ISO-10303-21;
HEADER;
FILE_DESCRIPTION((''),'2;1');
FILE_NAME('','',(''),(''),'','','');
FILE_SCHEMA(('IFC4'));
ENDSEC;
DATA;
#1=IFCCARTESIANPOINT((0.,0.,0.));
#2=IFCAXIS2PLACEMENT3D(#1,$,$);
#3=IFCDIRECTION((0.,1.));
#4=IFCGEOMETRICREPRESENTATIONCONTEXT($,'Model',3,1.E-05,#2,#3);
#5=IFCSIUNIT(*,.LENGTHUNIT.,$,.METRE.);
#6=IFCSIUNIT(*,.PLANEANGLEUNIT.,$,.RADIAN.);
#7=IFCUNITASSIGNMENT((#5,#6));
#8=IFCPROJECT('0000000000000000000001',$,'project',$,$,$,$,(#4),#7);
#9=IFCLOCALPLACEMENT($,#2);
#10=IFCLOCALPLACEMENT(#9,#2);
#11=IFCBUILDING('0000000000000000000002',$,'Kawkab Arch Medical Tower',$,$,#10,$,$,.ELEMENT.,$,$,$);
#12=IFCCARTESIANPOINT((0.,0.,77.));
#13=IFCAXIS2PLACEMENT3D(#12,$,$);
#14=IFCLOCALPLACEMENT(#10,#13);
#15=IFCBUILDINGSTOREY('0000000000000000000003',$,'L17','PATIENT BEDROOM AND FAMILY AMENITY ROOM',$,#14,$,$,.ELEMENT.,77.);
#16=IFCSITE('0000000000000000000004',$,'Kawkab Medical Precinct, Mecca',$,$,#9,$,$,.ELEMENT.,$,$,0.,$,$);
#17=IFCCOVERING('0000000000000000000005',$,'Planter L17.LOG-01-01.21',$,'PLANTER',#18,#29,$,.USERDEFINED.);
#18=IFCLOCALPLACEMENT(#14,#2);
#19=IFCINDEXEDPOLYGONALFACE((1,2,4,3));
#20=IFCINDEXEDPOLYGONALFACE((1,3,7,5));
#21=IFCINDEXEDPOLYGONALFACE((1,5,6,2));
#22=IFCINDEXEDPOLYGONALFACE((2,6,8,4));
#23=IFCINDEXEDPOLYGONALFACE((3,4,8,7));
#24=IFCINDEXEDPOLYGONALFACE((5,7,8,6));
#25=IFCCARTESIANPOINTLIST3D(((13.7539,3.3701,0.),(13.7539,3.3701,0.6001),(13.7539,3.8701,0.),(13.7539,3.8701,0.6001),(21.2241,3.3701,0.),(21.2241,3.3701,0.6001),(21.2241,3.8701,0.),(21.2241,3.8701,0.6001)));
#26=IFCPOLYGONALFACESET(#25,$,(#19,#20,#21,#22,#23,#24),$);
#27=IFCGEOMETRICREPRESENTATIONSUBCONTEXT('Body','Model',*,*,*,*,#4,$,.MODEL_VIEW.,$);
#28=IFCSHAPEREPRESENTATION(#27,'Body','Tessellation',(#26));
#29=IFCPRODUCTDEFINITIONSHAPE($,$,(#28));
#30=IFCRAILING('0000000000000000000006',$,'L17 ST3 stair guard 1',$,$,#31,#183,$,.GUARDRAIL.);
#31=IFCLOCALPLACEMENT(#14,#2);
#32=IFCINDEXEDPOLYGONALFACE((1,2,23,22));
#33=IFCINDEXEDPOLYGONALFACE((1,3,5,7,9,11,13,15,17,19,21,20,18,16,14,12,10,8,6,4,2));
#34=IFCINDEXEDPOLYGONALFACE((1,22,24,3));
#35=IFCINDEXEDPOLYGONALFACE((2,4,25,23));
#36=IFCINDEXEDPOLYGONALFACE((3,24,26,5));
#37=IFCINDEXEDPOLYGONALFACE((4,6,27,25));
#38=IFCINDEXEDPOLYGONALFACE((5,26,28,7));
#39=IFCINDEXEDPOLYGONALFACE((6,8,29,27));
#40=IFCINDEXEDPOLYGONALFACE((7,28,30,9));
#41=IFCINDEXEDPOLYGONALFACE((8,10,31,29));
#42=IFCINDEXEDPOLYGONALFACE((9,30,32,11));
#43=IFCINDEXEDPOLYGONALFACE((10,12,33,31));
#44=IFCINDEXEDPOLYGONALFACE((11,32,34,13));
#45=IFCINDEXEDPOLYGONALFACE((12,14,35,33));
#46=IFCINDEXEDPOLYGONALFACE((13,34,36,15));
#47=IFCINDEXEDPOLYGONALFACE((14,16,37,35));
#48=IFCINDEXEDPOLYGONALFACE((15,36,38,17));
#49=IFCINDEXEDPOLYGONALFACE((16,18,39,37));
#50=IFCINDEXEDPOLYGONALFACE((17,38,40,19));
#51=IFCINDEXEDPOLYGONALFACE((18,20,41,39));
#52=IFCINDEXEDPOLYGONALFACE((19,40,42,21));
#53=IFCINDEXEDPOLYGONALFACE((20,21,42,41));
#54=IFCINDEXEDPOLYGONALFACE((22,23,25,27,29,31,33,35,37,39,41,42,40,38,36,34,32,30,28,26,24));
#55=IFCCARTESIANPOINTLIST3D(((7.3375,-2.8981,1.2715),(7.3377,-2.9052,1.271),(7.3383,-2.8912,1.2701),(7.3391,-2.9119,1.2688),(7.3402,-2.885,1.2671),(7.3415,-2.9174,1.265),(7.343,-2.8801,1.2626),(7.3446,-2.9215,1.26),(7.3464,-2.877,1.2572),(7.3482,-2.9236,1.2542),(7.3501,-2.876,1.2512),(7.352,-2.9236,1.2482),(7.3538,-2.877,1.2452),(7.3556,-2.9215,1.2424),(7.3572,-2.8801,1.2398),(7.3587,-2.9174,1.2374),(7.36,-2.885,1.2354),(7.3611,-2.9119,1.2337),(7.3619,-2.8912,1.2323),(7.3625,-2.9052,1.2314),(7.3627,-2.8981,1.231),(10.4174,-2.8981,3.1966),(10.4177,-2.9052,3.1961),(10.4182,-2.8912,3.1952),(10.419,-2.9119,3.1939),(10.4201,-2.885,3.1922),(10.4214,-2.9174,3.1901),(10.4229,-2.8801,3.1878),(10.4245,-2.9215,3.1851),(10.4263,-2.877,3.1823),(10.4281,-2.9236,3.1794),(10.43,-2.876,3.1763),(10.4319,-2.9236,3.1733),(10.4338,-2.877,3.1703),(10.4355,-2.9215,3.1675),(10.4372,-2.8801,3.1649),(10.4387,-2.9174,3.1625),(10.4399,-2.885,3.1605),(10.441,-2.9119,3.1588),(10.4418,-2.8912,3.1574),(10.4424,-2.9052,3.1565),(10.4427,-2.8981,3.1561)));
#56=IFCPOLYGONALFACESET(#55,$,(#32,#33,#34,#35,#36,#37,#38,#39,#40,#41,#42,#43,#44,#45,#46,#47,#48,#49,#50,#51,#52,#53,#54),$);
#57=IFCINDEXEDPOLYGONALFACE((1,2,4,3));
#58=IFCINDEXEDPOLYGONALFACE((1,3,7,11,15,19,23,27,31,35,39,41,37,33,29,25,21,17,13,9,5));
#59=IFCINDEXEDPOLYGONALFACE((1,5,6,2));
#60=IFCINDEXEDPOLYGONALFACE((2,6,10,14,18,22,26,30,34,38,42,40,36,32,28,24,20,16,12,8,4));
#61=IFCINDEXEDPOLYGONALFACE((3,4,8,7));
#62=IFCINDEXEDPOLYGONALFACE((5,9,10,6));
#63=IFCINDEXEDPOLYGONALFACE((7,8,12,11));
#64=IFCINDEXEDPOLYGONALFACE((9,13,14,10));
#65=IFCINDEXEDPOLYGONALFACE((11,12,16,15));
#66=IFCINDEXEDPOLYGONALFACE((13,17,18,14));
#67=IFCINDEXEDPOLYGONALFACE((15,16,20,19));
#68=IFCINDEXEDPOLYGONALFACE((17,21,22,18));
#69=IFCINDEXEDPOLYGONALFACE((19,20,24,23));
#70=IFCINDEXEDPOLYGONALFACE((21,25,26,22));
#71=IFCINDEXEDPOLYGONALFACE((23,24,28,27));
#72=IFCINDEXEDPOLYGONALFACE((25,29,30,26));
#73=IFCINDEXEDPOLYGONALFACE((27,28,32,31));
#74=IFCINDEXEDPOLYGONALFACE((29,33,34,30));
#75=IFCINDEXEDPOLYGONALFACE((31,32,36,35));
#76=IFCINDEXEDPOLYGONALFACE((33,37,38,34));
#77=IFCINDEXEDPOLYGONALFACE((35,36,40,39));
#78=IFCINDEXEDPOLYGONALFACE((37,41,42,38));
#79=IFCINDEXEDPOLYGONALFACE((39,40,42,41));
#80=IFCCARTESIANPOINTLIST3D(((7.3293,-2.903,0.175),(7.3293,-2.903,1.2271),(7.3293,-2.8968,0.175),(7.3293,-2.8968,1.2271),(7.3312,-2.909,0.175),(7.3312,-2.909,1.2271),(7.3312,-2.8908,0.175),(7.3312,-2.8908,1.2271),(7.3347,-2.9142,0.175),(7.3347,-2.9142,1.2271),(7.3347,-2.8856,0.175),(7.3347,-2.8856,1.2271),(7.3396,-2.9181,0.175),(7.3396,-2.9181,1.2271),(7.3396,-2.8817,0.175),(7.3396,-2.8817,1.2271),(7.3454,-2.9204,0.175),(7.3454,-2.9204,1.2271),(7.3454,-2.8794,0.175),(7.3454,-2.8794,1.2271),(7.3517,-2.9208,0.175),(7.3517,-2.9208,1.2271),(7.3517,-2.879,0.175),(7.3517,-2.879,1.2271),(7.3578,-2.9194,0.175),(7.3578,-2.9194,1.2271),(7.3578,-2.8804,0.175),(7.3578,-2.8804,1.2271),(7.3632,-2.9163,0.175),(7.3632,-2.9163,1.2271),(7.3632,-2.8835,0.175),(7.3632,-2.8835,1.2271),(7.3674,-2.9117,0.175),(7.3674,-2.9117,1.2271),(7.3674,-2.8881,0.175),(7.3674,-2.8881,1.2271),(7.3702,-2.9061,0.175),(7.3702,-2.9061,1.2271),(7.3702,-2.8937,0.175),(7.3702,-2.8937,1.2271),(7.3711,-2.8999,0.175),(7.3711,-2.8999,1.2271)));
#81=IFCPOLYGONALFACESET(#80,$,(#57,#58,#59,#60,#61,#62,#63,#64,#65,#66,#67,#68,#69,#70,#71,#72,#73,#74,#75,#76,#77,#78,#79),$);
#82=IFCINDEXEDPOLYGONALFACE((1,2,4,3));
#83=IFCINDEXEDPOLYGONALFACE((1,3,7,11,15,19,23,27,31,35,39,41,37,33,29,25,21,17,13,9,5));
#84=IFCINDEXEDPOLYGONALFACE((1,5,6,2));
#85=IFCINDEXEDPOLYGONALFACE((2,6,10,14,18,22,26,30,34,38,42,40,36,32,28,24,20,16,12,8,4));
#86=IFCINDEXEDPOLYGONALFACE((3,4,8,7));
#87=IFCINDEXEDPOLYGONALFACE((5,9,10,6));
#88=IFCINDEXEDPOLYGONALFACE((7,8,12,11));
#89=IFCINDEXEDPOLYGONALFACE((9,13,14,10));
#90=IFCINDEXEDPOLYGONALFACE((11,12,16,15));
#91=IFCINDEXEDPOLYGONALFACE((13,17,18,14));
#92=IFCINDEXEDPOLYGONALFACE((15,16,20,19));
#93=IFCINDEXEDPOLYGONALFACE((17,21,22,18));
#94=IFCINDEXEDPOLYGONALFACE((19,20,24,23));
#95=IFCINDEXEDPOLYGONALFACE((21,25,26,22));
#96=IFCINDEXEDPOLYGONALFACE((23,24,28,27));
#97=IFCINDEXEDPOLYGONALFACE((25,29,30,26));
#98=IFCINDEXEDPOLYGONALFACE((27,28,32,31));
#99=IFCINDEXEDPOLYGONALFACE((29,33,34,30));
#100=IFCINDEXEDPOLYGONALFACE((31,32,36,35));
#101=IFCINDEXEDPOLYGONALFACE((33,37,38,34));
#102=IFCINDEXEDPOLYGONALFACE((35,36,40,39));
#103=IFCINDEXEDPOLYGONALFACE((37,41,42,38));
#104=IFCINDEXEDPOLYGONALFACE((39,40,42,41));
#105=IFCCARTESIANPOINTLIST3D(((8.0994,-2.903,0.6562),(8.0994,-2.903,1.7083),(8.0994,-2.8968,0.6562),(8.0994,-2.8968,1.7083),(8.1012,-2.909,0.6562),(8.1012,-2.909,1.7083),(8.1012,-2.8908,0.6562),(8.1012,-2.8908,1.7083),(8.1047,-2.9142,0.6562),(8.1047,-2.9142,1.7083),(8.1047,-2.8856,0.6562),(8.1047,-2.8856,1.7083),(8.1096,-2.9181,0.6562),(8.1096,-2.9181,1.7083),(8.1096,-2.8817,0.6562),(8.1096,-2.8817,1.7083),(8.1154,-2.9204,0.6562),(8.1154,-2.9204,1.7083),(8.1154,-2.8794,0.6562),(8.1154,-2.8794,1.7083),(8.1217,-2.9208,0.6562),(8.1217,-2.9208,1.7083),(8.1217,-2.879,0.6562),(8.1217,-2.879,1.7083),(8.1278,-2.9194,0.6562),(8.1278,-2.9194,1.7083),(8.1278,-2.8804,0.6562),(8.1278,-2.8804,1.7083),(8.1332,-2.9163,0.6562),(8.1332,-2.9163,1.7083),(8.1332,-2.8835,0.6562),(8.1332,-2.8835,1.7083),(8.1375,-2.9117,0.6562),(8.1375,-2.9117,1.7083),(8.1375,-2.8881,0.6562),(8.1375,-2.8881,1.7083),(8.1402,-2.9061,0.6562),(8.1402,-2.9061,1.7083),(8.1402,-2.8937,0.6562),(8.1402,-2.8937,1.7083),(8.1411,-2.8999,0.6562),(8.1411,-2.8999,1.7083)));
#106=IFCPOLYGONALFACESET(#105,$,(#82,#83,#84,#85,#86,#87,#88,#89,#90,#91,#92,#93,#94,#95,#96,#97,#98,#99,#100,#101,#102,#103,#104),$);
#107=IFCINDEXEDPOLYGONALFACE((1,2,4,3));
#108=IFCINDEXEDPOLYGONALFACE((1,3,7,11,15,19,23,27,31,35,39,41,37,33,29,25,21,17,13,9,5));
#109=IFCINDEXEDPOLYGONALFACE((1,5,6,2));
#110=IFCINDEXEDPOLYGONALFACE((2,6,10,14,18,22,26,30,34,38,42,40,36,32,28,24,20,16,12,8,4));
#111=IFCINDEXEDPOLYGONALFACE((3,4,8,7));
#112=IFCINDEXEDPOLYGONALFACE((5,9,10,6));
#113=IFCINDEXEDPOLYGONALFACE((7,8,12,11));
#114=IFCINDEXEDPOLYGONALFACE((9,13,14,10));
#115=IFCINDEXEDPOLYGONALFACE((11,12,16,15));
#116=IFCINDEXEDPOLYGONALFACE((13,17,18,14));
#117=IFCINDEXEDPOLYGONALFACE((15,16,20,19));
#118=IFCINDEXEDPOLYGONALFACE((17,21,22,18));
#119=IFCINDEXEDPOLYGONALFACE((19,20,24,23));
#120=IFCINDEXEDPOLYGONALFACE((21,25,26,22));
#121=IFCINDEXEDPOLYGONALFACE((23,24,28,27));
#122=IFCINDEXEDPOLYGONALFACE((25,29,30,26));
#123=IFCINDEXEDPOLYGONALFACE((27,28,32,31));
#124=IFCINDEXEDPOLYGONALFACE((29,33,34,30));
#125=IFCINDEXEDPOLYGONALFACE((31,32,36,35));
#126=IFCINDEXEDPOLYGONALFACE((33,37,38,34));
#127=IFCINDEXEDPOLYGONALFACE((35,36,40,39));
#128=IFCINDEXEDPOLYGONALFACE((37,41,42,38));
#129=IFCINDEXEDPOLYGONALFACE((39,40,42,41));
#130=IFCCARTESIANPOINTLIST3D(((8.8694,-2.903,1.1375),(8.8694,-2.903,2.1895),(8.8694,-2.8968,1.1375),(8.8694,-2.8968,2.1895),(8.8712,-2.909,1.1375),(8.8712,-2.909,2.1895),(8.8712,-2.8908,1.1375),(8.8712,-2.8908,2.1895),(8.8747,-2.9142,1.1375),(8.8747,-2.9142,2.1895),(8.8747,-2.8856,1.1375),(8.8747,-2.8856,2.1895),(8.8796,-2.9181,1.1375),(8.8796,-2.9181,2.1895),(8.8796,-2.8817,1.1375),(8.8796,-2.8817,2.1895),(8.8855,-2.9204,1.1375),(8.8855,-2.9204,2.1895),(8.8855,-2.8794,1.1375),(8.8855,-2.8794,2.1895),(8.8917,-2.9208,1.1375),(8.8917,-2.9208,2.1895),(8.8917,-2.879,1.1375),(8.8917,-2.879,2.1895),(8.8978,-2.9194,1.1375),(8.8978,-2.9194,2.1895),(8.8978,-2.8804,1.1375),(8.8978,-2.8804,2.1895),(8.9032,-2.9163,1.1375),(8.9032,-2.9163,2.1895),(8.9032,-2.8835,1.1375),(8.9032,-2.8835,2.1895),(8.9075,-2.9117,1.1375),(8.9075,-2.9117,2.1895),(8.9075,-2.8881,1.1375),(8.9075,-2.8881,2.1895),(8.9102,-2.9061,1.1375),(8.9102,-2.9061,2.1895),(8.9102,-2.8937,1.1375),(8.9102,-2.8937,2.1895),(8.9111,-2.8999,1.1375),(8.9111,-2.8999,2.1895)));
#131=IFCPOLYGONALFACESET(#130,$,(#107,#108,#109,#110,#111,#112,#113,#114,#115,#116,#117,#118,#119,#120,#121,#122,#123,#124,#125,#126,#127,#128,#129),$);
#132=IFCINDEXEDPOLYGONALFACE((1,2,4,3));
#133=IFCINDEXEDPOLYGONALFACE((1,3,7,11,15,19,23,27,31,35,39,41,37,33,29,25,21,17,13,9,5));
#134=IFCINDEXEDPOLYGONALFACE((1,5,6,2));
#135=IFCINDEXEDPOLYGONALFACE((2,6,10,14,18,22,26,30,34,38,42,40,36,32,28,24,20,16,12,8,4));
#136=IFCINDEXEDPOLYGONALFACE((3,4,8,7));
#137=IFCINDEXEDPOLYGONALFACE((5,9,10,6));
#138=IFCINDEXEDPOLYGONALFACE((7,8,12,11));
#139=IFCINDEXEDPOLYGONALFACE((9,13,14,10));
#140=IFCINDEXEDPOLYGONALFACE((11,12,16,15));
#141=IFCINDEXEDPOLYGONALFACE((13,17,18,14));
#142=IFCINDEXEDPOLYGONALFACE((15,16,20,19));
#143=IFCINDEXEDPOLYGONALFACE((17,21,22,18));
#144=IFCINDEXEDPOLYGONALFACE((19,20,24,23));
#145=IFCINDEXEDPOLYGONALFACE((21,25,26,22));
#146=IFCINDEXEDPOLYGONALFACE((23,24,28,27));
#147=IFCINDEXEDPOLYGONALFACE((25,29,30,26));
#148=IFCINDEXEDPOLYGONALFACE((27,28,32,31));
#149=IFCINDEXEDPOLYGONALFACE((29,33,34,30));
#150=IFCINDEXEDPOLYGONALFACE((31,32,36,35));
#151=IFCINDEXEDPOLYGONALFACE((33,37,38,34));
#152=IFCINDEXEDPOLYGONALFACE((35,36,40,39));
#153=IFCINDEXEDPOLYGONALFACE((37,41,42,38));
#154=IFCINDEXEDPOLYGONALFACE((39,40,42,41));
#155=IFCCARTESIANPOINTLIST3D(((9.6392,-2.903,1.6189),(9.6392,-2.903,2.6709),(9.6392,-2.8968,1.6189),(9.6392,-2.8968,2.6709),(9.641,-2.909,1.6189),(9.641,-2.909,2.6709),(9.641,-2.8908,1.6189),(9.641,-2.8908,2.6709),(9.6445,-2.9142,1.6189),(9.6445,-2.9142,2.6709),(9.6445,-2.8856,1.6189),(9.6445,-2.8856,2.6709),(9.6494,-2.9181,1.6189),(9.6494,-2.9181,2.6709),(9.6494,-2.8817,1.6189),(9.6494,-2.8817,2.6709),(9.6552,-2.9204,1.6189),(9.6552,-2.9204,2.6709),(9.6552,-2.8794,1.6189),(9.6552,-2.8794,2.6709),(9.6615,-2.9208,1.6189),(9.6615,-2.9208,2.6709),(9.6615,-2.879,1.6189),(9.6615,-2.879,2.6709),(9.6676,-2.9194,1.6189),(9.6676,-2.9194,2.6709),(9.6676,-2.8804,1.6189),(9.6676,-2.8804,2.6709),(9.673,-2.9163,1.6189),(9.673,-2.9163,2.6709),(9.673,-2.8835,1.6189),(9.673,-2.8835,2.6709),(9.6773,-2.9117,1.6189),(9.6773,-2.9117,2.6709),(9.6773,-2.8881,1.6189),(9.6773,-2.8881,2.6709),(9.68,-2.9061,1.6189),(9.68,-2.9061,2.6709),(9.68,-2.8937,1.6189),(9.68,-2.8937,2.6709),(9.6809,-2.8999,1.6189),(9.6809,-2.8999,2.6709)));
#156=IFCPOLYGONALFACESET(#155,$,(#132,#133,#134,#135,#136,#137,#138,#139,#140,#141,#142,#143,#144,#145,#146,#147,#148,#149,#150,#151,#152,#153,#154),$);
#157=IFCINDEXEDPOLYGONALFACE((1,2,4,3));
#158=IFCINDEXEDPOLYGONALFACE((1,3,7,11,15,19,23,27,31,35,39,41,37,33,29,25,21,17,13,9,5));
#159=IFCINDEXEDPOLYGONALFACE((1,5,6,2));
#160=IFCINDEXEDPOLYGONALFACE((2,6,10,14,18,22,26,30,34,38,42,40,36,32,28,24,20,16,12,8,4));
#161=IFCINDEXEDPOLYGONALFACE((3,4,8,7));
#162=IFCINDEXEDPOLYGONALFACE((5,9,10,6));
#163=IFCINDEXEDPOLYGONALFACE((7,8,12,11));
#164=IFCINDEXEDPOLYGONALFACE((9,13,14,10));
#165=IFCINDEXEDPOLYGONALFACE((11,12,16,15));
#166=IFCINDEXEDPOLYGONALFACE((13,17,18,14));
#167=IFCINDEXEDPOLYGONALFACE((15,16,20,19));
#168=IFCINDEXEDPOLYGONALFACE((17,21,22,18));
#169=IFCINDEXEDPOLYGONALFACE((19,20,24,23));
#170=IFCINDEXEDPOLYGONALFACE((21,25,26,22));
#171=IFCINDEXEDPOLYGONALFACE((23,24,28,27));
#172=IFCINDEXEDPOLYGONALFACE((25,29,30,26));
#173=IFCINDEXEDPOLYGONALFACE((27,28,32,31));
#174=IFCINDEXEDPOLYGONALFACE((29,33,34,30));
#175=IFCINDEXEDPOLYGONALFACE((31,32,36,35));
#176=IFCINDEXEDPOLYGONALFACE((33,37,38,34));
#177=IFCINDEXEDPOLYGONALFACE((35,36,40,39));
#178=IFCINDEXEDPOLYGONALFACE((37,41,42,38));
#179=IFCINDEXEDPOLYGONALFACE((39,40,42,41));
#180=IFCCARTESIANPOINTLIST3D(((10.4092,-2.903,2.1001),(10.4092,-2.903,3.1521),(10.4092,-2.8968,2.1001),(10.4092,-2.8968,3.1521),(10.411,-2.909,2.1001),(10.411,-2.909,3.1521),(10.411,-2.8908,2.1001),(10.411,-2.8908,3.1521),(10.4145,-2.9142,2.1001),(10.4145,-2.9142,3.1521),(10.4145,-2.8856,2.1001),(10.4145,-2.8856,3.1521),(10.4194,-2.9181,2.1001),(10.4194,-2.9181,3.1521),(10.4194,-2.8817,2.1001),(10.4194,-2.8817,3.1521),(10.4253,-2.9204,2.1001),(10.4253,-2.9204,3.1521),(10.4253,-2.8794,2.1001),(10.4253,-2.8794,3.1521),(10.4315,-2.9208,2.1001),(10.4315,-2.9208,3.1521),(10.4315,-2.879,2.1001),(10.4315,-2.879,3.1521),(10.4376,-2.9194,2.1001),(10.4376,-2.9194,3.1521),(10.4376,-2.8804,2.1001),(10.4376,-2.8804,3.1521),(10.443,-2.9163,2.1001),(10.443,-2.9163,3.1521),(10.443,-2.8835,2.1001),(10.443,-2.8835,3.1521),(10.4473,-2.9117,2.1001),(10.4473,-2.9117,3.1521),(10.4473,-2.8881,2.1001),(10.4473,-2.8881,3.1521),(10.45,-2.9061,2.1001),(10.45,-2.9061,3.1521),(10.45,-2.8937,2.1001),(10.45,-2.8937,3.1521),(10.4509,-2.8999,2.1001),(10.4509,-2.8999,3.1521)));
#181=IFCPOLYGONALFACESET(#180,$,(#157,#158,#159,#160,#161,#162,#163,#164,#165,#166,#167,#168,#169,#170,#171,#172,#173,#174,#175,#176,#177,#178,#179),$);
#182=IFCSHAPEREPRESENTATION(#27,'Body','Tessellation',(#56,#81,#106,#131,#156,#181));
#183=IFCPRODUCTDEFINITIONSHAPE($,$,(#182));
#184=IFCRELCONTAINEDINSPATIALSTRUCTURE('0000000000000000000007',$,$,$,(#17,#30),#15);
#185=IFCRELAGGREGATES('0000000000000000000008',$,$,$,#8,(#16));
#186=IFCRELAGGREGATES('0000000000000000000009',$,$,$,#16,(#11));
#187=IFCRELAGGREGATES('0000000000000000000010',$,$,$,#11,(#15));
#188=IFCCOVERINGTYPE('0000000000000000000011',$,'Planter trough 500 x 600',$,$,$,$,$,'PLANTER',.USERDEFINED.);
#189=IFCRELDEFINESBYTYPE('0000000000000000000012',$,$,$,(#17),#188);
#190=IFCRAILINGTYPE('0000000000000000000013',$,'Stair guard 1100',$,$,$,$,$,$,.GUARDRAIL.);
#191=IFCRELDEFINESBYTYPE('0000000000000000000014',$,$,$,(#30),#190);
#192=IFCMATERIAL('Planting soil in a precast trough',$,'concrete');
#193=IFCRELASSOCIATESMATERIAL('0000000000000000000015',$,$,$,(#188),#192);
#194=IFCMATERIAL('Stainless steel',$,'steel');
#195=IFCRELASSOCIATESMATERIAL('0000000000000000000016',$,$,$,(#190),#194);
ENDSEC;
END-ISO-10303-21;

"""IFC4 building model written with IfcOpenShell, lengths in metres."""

from ifc_helpers import new_model, si_unit, direction, frame, origin, origin_2d, place, context, subcontext, project, spatial, rectangle, circle, extrude, material, material_profile, profile_set, type_object, element, save


model = new_model("IFC4")

# Units and contexts
model_context = context("Model", 3, precision=1e-05, world=origin(), true_north=direction((0.0, 1.0)))
body_context = subcontext(model_context, "Body", "Model", "MODEL_VIEW")
ifc_project = project(units=[si_unit("LENGTHUNIT", "METRE"), si_unit("PLANEANGLEUNIT", "RADIAN")], contexts=[model_context])

# Site, building, storey
site_placement = place(None, origin())
site = spatial("IfcSite", under=ifc_project, at=site_placement, Name="Kawkab Medical Precinct, Mecca", CompositionType="ELEMENT", RefElevation=0.0)
building_placement = place(site_placement, origin())
building = spatial("IfcBuilding", under=site, at=building_placement, Name="Kawkab Arch Medical Tower", CompositionType="ELEMENT")
storey_placement = place(building_placement, frame((0.0, 0.0, 77.0)))
storey = spatial("IfcBuildingStorey", under=building, at=storey_placement, Name="L17", Description="PATIENT BEDROOM AND FAMILY AMENITY ROOM", CompositionType="ELEMENT", Elevation=77.0)

# Covering
ifc_material_1 = material(Name="Planting soil in a precast trough", Category="concrete")
ifc_material_profile_1 = material_profile(ifc_material_1, rectangle(XDim=0.5, YDim=0.6001, at=origin_2d()), Name="Trough 500x600")
ifc_profile_set_1 = profile_set([ifc_material_profile_1], Name="Planting soil in a precast trough")
covering_type_1 = type_object("IfcCoveringType", Name="Planter trough 500 x 600", ElementType="PLANTER", PredefinedType="USERDEFINED", material=ifc_profile_set_1)
covering_1_placement = place(storey_placement, frame((13.7539, 3.6201, 0.3), z_axis=(1.0, 0.0, 0.0), x_axis=(0.0, 1.0, 0.0)))
element("IfcCovering", 1, at=covering_1_placement, inside=storey, type_object=covering_type_1, Name="Planter L17.LOG-01-01.21", ObjectType="PLANTER", PredefinedType="USERDEFINED", context=body_context, shape_type="SweptSolid", body=[
    extrude(rectangle(XDim=0.5, YDim=0.6001, at=origin_2d()), origin(), (0.0, 0.0, 1.0), 7.4702),
])

# Railing
ifc_material_2 = material(Name="Stainless steel", Category="steel")
railing_type_1 = type_object("IfcRailingType", Name="Stair guard 1100", PredefinedType="GUARDRAIL", material=ifc_material_2)
railing_1_placement = place(storey_placement, frame((7.3501, -2.8999, 0.175)))
element("IfcRailing", 2, at=railing_1_placement, inside=storey, type_object=railing_type_1, Name="L17 ST3 stair guard 1", PredefinedType="GUARDRAIL", context=body_context, shape_type="SweptSolid", body=[
    extrude(circle(Radius=0.0239, at=origin_2d()), frame((0.0, 0.0, 1.0762), z_axis=(0.847979, 0.0, 0.530029), x_axis=(0.0, 1.0, 0.0)), (0.0, 0.0, 1.0), 3.6321),
    extrude(circle(Radius=0.021, at=origin_2d()), origin(), (0.0, 0.0, 1.0), 1.052),
    extrude(circle(Radius=0.021, at=origin_2d()), frame((0.77, 0.0, 0.4812)), (0.0, 0.0, 1.0), 1.052),
    extrude(circle(Radius=0.021, at=origin_2d()), frame((1.54, 0.0, 0.9624)), (0.0, 0.0, 1.0), 1.052),
    extrude(circle(Radius=0.021, at=origin_2d()), frame((2.3098, 0.0, 1.4438)), (0.0, 0.0, 1.0), 1.052),
    extrude(circle(Radius=0.021, at=origin_2d()), frame((3.0798, 0.0, 1.925)), (0.0, 0.0, 1.0), 1.052),
])

save(model, "model.ifc")
